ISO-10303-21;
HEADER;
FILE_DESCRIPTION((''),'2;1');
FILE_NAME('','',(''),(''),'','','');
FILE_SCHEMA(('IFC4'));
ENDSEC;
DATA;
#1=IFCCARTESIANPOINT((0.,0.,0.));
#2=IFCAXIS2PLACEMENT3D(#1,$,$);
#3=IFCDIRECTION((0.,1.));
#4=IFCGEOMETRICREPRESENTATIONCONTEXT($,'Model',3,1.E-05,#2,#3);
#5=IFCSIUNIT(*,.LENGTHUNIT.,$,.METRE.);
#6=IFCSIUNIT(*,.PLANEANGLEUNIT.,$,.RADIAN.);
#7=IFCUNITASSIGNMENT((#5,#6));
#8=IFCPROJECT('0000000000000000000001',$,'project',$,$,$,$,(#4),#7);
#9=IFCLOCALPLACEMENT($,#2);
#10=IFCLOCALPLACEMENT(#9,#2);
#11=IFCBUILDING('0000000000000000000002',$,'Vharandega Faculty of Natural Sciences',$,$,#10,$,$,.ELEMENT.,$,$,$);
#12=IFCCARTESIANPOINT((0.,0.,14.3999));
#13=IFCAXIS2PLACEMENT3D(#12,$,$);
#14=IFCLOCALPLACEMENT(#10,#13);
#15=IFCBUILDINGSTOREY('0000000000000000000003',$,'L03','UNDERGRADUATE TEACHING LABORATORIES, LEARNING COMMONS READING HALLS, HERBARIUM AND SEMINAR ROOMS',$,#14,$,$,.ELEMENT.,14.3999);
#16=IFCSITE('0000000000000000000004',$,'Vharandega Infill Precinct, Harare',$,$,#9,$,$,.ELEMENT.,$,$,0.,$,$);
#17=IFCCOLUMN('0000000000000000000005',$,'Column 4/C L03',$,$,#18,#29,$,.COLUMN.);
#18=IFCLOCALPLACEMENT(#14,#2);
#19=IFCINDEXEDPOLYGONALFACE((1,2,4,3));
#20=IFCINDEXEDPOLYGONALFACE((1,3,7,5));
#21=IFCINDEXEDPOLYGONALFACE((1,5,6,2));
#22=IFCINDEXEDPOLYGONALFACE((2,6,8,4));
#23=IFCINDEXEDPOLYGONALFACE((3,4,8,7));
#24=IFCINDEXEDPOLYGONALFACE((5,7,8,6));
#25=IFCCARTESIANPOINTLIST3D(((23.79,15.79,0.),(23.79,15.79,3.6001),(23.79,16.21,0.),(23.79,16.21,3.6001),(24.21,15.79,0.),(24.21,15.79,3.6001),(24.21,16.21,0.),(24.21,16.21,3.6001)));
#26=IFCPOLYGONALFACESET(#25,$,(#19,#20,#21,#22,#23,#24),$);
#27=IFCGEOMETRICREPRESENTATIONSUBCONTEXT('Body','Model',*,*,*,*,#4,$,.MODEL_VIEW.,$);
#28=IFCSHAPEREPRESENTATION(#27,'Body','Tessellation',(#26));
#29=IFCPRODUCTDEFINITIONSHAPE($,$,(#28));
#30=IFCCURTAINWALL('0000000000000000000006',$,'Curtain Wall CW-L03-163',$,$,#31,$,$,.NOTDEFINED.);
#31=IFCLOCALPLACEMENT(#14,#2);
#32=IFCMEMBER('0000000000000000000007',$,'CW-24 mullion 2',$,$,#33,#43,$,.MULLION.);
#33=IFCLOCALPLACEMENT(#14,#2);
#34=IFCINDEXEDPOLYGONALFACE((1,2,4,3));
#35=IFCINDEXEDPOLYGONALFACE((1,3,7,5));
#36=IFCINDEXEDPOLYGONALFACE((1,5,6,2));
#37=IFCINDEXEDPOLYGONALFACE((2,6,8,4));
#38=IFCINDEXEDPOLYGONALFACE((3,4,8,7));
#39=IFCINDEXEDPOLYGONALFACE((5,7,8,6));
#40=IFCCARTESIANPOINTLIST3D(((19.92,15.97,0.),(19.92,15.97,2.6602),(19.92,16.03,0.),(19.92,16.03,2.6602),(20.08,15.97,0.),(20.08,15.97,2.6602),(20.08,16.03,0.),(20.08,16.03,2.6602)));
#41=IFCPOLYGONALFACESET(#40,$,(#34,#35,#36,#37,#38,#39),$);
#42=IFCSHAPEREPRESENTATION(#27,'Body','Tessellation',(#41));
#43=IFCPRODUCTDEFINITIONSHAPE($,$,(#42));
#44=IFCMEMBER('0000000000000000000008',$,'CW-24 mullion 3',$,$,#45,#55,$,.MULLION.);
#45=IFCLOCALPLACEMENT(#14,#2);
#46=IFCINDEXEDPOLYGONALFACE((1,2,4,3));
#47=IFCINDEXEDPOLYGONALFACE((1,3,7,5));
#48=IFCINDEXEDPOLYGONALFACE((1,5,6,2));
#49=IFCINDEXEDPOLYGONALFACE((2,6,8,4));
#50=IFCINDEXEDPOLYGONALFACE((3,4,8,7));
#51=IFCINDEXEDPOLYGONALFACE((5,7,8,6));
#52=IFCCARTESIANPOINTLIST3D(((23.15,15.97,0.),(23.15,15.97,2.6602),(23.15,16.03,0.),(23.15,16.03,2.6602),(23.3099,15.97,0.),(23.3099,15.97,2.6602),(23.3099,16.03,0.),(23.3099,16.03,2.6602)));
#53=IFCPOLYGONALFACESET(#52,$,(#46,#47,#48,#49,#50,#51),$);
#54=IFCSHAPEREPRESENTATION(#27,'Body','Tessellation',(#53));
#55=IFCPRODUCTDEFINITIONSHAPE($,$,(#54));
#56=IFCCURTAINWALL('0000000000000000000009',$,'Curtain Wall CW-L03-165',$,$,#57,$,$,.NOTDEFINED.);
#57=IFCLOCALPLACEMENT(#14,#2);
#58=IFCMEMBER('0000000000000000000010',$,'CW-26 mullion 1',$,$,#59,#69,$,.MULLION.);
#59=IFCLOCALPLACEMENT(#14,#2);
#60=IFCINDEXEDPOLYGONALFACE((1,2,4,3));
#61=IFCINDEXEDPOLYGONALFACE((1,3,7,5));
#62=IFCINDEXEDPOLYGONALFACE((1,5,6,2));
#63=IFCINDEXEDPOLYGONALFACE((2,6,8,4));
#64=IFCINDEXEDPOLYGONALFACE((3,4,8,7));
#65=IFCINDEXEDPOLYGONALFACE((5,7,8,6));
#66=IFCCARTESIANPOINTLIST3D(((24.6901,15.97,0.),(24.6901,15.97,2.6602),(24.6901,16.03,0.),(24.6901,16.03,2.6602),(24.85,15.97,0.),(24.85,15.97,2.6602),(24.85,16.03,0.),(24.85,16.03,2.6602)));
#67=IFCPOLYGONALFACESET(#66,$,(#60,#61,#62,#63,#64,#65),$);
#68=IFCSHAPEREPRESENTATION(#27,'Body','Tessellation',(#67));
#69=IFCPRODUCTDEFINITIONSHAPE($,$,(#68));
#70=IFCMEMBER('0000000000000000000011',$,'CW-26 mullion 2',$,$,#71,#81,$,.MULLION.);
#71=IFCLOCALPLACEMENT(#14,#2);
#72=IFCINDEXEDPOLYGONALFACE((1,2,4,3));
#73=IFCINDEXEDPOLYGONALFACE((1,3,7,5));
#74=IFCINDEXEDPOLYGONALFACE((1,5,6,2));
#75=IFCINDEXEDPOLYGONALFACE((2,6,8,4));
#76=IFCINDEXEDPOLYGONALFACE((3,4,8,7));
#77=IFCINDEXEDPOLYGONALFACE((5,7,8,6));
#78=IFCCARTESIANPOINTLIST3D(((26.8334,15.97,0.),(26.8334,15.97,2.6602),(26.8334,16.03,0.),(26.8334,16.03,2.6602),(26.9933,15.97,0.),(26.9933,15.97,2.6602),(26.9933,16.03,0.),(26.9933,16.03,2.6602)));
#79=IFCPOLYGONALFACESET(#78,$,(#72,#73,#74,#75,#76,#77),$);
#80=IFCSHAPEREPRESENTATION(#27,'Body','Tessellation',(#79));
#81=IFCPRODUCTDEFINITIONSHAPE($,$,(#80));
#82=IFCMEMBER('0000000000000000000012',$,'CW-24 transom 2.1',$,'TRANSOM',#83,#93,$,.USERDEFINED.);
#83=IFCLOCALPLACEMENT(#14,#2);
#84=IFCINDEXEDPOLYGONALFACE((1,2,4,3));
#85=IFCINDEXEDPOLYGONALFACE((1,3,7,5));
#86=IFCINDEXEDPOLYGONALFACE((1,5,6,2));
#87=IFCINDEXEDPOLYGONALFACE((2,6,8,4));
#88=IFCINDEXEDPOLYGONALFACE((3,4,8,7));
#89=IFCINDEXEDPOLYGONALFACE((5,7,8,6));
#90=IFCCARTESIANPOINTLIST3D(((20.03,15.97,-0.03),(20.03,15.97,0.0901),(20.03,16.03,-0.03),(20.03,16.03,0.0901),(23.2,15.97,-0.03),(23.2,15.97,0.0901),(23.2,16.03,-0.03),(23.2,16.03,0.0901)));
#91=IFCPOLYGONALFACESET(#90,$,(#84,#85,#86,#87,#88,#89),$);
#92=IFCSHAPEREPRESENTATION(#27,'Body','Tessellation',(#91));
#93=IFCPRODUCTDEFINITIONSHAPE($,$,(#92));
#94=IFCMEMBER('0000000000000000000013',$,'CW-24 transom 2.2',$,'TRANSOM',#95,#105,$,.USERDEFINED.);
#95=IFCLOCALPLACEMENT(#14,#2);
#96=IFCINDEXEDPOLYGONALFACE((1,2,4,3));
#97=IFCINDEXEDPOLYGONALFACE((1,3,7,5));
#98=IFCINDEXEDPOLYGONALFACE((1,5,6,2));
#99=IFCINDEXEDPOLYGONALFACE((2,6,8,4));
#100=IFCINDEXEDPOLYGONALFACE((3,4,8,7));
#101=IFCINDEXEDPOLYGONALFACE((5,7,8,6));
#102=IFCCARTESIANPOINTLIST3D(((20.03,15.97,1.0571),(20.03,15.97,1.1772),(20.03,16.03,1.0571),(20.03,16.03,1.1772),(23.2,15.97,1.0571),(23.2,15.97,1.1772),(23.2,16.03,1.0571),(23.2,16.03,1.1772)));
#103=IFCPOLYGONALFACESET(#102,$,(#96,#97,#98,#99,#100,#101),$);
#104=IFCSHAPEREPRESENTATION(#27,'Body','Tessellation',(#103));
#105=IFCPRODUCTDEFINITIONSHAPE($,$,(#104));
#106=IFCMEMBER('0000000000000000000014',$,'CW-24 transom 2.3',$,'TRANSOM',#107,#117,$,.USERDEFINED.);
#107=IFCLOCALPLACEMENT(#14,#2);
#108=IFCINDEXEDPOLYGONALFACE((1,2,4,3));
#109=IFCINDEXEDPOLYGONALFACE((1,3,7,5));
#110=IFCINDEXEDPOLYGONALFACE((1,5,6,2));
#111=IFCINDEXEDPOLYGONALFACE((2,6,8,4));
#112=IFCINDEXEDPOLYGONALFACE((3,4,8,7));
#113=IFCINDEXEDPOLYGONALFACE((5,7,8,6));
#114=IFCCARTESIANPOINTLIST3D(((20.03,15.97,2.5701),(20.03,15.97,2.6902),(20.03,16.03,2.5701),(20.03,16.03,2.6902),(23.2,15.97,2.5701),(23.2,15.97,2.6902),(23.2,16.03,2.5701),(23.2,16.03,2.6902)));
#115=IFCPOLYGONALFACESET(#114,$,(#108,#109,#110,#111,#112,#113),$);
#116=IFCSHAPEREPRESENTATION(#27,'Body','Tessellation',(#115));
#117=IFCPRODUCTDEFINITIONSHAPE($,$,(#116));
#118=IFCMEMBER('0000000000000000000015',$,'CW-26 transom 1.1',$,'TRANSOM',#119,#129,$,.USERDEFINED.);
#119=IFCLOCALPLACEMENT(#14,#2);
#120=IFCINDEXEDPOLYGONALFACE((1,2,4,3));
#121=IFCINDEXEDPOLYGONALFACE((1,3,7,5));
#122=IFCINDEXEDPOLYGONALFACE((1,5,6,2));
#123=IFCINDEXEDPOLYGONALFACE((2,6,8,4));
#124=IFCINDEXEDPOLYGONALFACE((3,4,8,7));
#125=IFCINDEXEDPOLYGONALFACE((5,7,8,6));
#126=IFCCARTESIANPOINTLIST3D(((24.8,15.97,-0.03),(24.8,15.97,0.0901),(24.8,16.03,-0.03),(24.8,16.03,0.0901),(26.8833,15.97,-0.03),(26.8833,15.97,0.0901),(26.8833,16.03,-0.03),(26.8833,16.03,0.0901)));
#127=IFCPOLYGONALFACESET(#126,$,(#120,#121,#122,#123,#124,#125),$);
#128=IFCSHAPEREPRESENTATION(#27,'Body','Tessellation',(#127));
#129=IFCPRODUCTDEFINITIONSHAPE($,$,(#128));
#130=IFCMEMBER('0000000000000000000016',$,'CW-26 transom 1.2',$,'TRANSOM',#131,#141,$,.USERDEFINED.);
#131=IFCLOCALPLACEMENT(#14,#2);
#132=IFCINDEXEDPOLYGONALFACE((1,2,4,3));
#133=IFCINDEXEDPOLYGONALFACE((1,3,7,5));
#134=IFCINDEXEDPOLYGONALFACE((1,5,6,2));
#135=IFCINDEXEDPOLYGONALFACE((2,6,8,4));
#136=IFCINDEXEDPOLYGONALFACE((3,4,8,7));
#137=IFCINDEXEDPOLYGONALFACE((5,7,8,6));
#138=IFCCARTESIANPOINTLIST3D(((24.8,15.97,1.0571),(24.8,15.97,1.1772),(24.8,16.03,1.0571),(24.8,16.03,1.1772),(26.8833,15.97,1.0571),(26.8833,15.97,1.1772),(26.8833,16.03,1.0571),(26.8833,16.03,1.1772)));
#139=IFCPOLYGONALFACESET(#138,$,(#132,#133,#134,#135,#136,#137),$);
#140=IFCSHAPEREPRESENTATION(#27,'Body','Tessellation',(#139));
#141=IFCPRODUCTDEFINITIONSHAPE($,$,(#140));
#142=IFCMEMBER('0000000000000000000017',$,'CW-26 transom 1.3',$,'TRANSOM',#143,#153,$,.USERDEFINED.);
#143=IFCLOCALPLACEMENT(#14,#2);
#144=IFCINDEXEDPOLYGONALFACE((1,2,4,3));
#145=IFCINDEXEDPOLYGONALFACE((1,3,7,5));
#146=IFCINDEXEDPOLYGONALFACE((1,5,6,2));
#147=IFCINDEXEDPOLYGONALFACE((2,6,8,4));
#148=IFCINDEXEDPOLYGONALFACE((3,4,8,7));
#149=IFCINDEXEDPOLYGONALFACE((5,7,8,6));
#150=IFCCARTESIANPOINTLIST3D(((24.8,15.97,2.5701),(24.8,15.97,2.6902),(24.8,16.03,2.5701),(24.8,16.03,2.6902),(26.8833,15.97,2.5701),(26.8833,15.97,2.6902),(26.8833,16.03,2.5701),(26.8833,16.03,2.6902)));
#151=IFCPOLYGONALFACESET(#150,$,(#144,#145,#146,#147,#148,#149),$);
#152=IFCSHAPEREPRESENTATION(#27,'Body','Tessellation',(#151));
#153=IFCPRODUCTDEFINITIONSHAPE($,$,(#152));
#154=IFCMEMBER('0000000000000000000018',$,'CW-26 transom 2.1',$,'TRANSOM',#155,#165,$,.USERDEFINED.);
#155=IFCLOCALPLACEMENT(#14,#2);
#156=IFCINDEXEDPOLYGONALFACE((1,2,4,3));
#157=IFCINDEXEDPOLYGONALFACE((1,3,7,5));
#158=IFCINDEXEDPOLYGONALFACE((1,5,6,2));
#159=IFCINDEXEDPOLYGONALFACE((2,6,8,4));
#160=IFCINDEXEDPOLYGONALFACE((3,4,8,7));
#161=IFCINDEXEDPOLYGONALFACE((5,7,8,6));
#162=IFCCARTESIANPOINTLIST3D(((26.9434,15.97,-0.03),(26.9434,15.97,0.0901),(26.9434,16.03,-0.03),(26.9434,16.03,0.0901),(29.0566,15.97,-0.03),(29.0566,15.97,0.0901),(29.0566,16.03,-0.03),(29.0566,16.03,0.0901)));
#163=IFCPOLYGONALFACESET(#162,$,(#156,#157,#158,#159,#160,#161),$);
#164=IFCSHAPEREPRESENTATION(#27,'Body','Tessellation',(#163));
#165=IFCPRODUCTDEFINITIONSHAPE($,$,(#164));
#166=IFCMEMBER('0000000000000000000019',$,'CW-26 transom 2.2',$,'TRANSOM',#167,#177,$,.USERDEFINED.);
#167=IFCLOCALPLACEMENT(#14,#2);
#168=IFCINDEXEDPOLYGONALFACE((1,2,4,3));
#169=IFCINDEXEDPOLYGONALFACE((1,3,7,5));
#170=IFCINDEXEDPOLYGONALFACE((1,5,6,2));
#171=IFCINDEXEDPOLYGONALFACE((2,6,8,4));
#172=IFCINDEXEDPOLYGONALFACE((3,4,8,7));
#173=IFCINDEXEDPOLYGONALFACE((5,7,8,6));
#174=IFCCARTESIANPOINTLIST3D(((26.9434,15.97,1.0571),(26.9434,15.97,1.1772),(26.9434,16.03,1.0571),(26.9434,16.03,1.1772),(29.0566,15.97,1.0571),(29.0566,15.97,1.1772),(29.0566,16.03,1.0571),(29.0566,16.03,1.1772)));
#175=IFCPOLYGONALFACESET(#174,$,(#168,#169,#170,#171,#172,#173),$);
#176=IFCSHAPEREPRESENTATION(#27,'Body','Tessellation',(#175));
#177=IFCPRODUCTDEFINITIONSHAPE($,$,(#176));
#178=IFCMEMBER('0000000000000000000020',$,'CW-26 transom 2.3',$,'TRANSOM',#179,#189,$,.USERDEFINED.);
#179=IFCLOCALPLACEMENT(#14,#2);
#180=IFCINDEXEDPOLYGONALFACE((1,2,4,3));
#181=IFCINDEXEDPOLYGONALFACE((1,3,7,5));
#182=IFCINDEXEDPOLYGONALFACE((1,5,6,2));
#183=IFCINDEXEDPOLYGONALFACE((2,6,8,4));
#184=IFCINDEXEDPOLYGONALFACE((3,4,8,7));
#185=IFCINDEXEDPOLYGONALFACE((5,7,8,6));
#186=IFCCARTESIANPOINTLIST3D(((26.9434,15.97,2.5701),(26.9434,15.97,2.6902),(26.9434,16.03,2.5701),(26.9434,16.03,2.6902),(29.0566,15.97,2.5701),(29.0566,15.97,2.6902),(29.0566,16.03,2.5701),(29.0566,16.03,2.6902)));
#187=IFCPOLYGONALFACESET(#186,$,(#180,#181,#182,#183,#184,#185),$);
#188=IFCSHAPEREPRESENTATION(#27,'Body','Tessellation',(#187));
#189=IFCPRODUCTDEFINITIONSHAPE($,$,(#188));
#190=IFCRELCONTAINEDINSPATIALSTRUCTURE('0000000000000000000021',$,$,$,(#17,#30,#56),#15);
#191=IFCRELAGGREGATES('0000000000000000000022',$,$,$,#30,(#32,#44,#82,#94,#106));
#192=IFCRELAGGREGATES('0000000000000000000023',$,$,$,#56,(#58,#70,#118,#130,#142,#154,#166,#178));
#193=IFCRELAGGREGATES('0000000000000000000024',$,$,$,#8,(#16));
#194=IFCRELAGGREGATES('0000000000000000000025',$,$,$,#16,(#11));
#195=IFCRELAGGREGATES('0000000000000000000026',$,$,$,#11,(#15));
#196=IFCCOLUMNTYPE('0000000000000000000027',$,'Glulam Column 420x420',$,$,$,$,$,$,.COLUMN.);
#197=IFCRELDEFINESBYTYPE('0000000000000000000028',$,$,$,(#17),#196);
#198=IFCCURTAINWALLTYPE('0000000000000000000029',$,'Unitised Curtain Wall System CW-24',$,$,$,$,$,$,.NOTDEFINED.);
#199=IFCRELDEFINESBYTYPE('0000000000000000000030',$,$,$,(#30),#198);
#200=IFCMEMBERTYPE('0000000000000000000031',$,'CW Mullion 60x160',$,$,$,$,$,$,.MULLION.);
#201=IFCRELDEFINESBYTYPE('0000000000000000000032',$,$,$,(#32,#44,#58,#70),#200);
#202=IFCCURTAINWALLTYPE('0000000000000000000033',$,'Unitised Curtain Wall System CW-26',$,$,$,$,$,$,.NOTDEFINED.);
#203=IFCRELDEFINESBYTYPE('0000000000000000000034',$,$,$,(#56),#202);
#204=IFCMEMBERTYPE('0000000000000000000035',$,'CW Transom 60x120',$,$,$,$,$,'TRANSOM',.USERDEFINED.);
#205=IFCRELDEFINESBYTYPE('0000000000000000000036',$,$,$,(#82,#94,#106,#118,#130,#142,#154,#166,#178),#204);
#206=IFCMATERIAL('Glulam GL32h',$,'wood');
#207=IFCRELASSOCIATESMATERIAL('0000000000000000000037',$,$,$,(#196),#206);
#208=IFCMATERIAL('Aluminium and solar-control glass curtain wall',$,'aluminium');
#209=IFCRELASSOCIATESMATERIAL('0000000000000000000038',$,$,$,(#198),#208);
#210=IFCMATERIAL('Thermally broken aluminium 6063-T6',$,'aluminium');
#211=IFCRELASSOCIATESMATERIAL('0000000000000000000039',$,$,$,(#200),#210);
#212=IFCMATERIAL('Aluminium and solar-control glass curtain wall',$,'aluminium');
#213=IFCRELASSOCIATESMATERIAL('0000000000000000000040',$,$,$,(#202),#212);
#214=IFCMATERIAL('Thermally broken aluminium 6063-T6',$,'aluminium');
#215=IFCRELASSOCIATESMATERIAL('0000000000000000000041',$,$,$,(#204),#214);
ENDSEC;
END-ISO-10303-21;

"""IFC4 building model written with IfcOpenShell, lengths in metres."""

from ifc_helpers import new_model, si_unit, direction, frame, origin, origin_2d, place, context, subcontext, project, spatial, rectangle, extrude, material, material_profile, profile_set, type_object, element, aggregate, save


model = new_model("IFC4")

# Units and contexts
model_context = context("Model", 3, precision=1e-05, world=origin(), true_north=direction((0.0, 1.0)))
body_context = subcontext(model_context, "Body", "Model", "MODEL_VIEW")
ifc_project = project(units=[si_unit("LENGTHUNIT", "METRE"), si_unit("PLANEANGLEUNIT", "RADIAN")], contexts=[model_context])

# Site, building, storey
site_placement = place(None, origin())
site = spatial("IfcSite", under=ifc_project, at=site_placement, Name="Vharandega Infill Precinct, Harare", CompositionType="ELEMENT", RefElevation=0.0)
building_placement = place(site_placement, origin())
building = spatial("IfcBuilding", under=site, at=building_placement, Name="Vharandega Faculty of Natural Sciences", CompositionType="ELEMENT")
storey_placement = place(building_placement, frame((0.0, 0.0, 14.3999)))
storey = spatial("IfcBuildingStorey", under=building, at=storey_placement, Name="L03", Description="UNDERGRADUATE TEACHING LABORATORIES, LEARNING COMMONS READING HALLS, HERBARIUM AND SEMINAR ROOMS", CompositionType="ELEMENT", Elevation=14.3999)

# Column
ifc_material_1 = material(Name="Glulam GL32h", Category="wood")
ifc_material_profile_1 = material_profile(ifc_material_1, rectangle(XDim=0.4199, YDim=0.4199, at=origin_2d()), Name="GL32h 420x420")
ifc_profile_set_1 = profile_set([ifc_material_profile_1], Name="Glulam GL32h")
column_type = type_object("IfcColumnType", Name="Glulam Column 420x420", PredefinedType="COLUMN", material=ifc_profile_set_1)
column_placement = place(storey_placement, frame((24.0, 16.0, 0.0), z_axis=(0.0, 0.0, 1.0), x_axis=(1.0, 0.0, 0.0)))
element("IfcColumn", 1, at=column_placement, inside=storey, type_object=column_type, Name="Column 4/C L03", PredefinedType="COLUMN", context=body_context, shape_type="SweptSolid", body=[
    extrude(rectangle(XDim=0.4199, YDim=0.4199, at=origin_2d()), origin(), (0.0, 0.0, 1.0), 3.6001),
])

# Curtain walls, members
ifc_material_2 = material(Name="Aluminium and solar-control glass curtain wall", Category="aluminium")
curtain_wall_type_1 = type_object("IfcCurtainWallType", Name="Unitised Curtain Wall System CW-24", PredefinedType="NOTDEFINED", material=ifc_material_2)
curtain_wall_1_placement = place(storey_placement, origin())
curtain_wall_1 = element("IfcCurtainWall", 2, at=curtain_wall_1_placement, inside=storey, type_object=curtain_wall_type_1, Name="Curtain Wall CW-L03-163", PredefinedType="NOTDEFINED")
ifc_material_3 = material(Name="Thermally broken aluminium 6063-T6", Category="aluminium")
ifc_material_profile_2 = material_profile(ifc_material_3, rectangle(XDim=0.0601, YDim=0.1599, at=origin_2d()), Name="ALU 60x160")
ifc_profile_set_2 = profile_set([ifc_material_profile_2], Name="Thermally broken aluminium 6063-T6")
member_type_1 = type_object("IfcMemberType", Name="CW Mullion 60x160", PredefinedType="MULLION", material=ifc_profile_set_2)
member_1_placement = place(storey_placement, frame((20.0, 16.0, 0.0), z_axis=(0.0, 0.0, 1.0), x_axis=(0.0, 1.0, 0.0)))
member_1 = element("IfcMember", 3, at=member_1_placement, type_object=member_type_1, Name="CW-24 mullion 2", PredefinedType="MULLION", context=body_context, shape_type="SweptSolid", body=[
    extrude(rectangle(XDim=0.0601, YDim=0.1599, at=origin_2d()), origin(), (0.0, 0.0, 1.0), 2.6602),
])
member_2_placement = place(storey_placement, frame((23.23, 16.0, 0.0), z_axis=(0.0, 0.0, 1.0), x_axis=(0.0, 1.0, 0.0)))
member_2 = element("IfcMember", 4, at=member_2_placement, type_object=member_type_1, Name="CW-24 mullion 3", PredefinedType="MULLION", context=body_context, shape_type="SweptSolid", body=[
    extrude(rectangle(XDim=0.0601, YDim=0.1599, at=origin_2d()), origin(), (0.0, 0.0, 1.0), 2.6602),
])
ifc_material_4 = material(Name="Aluminium and solar-control glass curtain wall", Category="aluminium")
curtain_wall_type_2 = type_object("IfcCurtainWallType", Name="Unitised Curtain Wall System CW-26", PredefinedType="NOTDEFINED", material=ifc_material_4)
curtain_wall_2_placement = place(storey_placement, origin())
curtain_wall_2 = element("IfcCurtainWall", 5, at=curtain_wall_2_placement, inside=storey, type_object=curtain_wall_type_2, Name="Curtain Wall CW-L03-165", PredefinedType="NOTDEFINED")
member_3_placement = place(storey_placement, frame((24.77, 16.0, 0.0), z_axis=(0.0, 0.0, 1.0), x_axis=(0.0, 1.0, 0.0)))
member_3 = element("IfcMember", 6, at=member_3_placement, type_object=member_type_1, Name="CW-26 mullion 1", PredefinedType="MULLION", context=body_context, shape_type="SweptSolid", body=[
    extrude(rectangle(XDim=0.0601, YDim=0.1599, at=origin_2d()), origin(), (0.0, 0.0, 1.0), 2.6602),
])
member_4_placement = place(storey_placement, frame((26.9133, 16.0, 0.0), z_axis=(0.0, 0.0, 1.0), x_axis=(0.0, 1.0, 0.0)))
member_4 = element("IfcMember", 7, at=member_4_placement, type_object=member_type_1, Name="CW-26 mullion 2", PredefinedType="MULLION", context=body_context, shape_type="SweptSolid", body=[
    extrude(rectangle(XDim=0.0601, YDim=0.1599, at=origin_2d()), origin(), (0.0, 0.0, 1.0), 2.6602),
])

# Members
ifc_material_5 = material(Name="Thermally broken aluminium 6063-T6", Category="aluminium")
ifc_material_profile_3 = material_profile(ifc_material_5, rectangle(XDim=0.0601, YDim=0.1201, at=origin_2d()), Name="ALU 60x120")
ifc_profile_set_3 = profile_set([ifc_material_profile_3], Name="Thermally broken aluminium 6063-T6")
member_type_2 = type_object("IfcMemberType", Name="CW Transom 60x120", ElementType="TRANSOM", PredefinedType="USERDEFINED", material=ifc_profile_set_3)
member_5_placement = place(storey_placement, frame((20.03, 16.0, 0.03), z_axis=(1.0, 0.0, 0.0), x_axis=(0.0, 1.0, 0.0)))
member_5 = element("IfcMember", 8, at=member_5_placement, type_object=member_type_2, Name="CW-24 transom 2.1", ObjectType="TRANSOM", PredefinedType="USERDEFINED", context=body_context, shape_type="SweptSolid", body=[
    extrude(rectangle(XDim=0.0601, YDim=0.1201, at=origin_2d()), origin(), (0.0, 0.0, 1.0), 3.1699),
])
member_6_placement = place(storey_placement, frame((20.03, 16.0, 1.1172), z_axis=(1.0, 0.0, 0.0), x_axis=(0.0, 1.0, 0.0)))
member_6 = element("IfcMember", 9, at=member_6_placement, type_object=member_type_2, Name="CW-24 transom 2.2", ObjectType="TRANSOM", PredefinedType="USERDEFINED", context=body_context, shape_type="SweptSolid", body=[
    extrude(rectangle(XDim=0.0601, YDim=0.1201, at=origin_2d()), origin(), (0.0, 0.0, 1.0), 3.1699),
])
member_7_placement = place(storey_placement, frame((20.03, 16.0, 2.6301), z_axis=(1.0, 0.0, 0.0), x_axis=(0.0, 1.0, 0.0)))
member_7 = element("IfcMember", 10, at=member_7_placement, type_object=member_type_2, Name="CW-24 transom 2.3", ObjectType="TRANSOM", PredefinedType="USERDEFINED", context=body_context, shape_type="SweptSolid", body=[
    extrude(rectangle(XDim=0.0601, YDim=0.1201, at=origin_2d()), origin(), (0.0, 0.0, 1.0), 3.1699),
])
member_8_placement = place(storey_placement, frame((24.8, 16.0, 0.03), z_axis=(1.0, 0.0, 0.0), x_axis=(0.0, 1.0, 0.0)))
member_8 = element("IfcMember", 11, at=member_8_placement, type_object=member_type_2, Name="CW-26 transom 1.1", ObjectType="TRANSOM", PredefinedType="USERDEFINED", context=body_context, shape_type="SweptSolid", body=[
    extrude(rectangle(XDim=0.0601, YDim=0.1201, at=origin_2d()), origin(), (0.0, 0.0, 1.0), 2.0833),
])
member_9_placement = place(storey_placement, frame((24.8, 16.0, 1.1172), z_axis=(1.0, 0.0, 0.0), x_axis=(0.0, 1.0, 0.0)))
member_9 = element("IfcMember", 12, at=member_9_placement, type_object=member_type_2, Name="CW-26 transom 1.2", ObjectType="TRANSOM", PredefinedType="USERDEFINED", context=body_context, shape_type="SweptSolid", body=[
    extrude(rectangle(XDim=0.0601, YDim=0.1201, at=origin_2d()), origin(), (0.0, 0.0, 1.0), 2.0833),
])
member_10_placement = place(storey_placement, frame((24.8, 16.0, 2.6301), z_axis=(1.0, 0.0, 0.0), x_axis=(0.0, 1.0, 0.0)))
member_10 = element("IfcMember", 13, at=member_10_placement, type_object=member_type_2, Name="CW-26 transom 1.3", ObjectType="TRANSOM", PredefinedType="USERDEFINED", context=body_context, shape_type="SweptSolid", body=[
    extrude(rectangle(XDim=0.0601, YDim=0.1201, at=origin_2d()), origin(), (0.0, 0.0, 1.0), 2.0833),
])
member_11_placement = place(storey_placement, frame((26.9434, 16.0, 0.03), z_axis=(1.0, 0.0, 0.0), x_axis=(0.0, 1.0, 0.0)))
member_11 = element("IfcMember", 14, at=member_11_placement, type_object=member_type_2, Name="CW-26 transom 2.1", ObjectType="TRANSOM", PredefinedType="USERDEFINED", context=body_context, shape_type="SweptSolid", body=[
    extrude(rectangle(XDim=0.0601, YDim=0.1201, at=origin_2d()), origin(), (0.0, 0.0, 1.0), 2.1133),
])
member_12_placement = place(storey_placement, frame((26.9434, 16.0, 1.1172), z_axis=(1.0, 0.0, 0.0), x_axis=(0.0, 1.0, 0.0)))
member_12 = element("IfcMember", 15, at=member_12_placement, type_object=member_type_2, Name="CW-26 transom 2.2", ObjectType="TRANSOM", PredefinedType="USERDEFINED", context=body_context, shape_type="SweptSolid", body=[
    extrude(rectangle(XDim=0.0601, YDim=0.1201, at=origin_2d()), origin(), (0.0, 0.0, 1.0), 2.1133),
])
member_13_placement = place(storey_placement, frame((26.9434, 16.0, 2.6301), z_axis=(1.0, 0.0, 0.0), x_axis=(0.0, 1.0, 0.0)))
member_13 = element("IfcMember", 16, at=member_13_placement, type_object=member_type_2, Name="CW-26 transom 2.3", ObjectType="TRANSOM", PredefinedType="USERDEFINED", context=body_context, shape_type="SweptSolid", body=[
    extrude(rectangle(XDim=0.0601, YDim=0.1201, at=origin_2d()), origin(), (0.0, 0.0, 1.0), 2.1133),
])

aggregate(curtain_wall_1, [member_1, member_2, member_5, member_6, member_7])
aggregate(curtain_wall_2, [member_3, member_4, member_8, member_9, member_10, member_11, member_12, member_13])

save(model, "model.ifc")
